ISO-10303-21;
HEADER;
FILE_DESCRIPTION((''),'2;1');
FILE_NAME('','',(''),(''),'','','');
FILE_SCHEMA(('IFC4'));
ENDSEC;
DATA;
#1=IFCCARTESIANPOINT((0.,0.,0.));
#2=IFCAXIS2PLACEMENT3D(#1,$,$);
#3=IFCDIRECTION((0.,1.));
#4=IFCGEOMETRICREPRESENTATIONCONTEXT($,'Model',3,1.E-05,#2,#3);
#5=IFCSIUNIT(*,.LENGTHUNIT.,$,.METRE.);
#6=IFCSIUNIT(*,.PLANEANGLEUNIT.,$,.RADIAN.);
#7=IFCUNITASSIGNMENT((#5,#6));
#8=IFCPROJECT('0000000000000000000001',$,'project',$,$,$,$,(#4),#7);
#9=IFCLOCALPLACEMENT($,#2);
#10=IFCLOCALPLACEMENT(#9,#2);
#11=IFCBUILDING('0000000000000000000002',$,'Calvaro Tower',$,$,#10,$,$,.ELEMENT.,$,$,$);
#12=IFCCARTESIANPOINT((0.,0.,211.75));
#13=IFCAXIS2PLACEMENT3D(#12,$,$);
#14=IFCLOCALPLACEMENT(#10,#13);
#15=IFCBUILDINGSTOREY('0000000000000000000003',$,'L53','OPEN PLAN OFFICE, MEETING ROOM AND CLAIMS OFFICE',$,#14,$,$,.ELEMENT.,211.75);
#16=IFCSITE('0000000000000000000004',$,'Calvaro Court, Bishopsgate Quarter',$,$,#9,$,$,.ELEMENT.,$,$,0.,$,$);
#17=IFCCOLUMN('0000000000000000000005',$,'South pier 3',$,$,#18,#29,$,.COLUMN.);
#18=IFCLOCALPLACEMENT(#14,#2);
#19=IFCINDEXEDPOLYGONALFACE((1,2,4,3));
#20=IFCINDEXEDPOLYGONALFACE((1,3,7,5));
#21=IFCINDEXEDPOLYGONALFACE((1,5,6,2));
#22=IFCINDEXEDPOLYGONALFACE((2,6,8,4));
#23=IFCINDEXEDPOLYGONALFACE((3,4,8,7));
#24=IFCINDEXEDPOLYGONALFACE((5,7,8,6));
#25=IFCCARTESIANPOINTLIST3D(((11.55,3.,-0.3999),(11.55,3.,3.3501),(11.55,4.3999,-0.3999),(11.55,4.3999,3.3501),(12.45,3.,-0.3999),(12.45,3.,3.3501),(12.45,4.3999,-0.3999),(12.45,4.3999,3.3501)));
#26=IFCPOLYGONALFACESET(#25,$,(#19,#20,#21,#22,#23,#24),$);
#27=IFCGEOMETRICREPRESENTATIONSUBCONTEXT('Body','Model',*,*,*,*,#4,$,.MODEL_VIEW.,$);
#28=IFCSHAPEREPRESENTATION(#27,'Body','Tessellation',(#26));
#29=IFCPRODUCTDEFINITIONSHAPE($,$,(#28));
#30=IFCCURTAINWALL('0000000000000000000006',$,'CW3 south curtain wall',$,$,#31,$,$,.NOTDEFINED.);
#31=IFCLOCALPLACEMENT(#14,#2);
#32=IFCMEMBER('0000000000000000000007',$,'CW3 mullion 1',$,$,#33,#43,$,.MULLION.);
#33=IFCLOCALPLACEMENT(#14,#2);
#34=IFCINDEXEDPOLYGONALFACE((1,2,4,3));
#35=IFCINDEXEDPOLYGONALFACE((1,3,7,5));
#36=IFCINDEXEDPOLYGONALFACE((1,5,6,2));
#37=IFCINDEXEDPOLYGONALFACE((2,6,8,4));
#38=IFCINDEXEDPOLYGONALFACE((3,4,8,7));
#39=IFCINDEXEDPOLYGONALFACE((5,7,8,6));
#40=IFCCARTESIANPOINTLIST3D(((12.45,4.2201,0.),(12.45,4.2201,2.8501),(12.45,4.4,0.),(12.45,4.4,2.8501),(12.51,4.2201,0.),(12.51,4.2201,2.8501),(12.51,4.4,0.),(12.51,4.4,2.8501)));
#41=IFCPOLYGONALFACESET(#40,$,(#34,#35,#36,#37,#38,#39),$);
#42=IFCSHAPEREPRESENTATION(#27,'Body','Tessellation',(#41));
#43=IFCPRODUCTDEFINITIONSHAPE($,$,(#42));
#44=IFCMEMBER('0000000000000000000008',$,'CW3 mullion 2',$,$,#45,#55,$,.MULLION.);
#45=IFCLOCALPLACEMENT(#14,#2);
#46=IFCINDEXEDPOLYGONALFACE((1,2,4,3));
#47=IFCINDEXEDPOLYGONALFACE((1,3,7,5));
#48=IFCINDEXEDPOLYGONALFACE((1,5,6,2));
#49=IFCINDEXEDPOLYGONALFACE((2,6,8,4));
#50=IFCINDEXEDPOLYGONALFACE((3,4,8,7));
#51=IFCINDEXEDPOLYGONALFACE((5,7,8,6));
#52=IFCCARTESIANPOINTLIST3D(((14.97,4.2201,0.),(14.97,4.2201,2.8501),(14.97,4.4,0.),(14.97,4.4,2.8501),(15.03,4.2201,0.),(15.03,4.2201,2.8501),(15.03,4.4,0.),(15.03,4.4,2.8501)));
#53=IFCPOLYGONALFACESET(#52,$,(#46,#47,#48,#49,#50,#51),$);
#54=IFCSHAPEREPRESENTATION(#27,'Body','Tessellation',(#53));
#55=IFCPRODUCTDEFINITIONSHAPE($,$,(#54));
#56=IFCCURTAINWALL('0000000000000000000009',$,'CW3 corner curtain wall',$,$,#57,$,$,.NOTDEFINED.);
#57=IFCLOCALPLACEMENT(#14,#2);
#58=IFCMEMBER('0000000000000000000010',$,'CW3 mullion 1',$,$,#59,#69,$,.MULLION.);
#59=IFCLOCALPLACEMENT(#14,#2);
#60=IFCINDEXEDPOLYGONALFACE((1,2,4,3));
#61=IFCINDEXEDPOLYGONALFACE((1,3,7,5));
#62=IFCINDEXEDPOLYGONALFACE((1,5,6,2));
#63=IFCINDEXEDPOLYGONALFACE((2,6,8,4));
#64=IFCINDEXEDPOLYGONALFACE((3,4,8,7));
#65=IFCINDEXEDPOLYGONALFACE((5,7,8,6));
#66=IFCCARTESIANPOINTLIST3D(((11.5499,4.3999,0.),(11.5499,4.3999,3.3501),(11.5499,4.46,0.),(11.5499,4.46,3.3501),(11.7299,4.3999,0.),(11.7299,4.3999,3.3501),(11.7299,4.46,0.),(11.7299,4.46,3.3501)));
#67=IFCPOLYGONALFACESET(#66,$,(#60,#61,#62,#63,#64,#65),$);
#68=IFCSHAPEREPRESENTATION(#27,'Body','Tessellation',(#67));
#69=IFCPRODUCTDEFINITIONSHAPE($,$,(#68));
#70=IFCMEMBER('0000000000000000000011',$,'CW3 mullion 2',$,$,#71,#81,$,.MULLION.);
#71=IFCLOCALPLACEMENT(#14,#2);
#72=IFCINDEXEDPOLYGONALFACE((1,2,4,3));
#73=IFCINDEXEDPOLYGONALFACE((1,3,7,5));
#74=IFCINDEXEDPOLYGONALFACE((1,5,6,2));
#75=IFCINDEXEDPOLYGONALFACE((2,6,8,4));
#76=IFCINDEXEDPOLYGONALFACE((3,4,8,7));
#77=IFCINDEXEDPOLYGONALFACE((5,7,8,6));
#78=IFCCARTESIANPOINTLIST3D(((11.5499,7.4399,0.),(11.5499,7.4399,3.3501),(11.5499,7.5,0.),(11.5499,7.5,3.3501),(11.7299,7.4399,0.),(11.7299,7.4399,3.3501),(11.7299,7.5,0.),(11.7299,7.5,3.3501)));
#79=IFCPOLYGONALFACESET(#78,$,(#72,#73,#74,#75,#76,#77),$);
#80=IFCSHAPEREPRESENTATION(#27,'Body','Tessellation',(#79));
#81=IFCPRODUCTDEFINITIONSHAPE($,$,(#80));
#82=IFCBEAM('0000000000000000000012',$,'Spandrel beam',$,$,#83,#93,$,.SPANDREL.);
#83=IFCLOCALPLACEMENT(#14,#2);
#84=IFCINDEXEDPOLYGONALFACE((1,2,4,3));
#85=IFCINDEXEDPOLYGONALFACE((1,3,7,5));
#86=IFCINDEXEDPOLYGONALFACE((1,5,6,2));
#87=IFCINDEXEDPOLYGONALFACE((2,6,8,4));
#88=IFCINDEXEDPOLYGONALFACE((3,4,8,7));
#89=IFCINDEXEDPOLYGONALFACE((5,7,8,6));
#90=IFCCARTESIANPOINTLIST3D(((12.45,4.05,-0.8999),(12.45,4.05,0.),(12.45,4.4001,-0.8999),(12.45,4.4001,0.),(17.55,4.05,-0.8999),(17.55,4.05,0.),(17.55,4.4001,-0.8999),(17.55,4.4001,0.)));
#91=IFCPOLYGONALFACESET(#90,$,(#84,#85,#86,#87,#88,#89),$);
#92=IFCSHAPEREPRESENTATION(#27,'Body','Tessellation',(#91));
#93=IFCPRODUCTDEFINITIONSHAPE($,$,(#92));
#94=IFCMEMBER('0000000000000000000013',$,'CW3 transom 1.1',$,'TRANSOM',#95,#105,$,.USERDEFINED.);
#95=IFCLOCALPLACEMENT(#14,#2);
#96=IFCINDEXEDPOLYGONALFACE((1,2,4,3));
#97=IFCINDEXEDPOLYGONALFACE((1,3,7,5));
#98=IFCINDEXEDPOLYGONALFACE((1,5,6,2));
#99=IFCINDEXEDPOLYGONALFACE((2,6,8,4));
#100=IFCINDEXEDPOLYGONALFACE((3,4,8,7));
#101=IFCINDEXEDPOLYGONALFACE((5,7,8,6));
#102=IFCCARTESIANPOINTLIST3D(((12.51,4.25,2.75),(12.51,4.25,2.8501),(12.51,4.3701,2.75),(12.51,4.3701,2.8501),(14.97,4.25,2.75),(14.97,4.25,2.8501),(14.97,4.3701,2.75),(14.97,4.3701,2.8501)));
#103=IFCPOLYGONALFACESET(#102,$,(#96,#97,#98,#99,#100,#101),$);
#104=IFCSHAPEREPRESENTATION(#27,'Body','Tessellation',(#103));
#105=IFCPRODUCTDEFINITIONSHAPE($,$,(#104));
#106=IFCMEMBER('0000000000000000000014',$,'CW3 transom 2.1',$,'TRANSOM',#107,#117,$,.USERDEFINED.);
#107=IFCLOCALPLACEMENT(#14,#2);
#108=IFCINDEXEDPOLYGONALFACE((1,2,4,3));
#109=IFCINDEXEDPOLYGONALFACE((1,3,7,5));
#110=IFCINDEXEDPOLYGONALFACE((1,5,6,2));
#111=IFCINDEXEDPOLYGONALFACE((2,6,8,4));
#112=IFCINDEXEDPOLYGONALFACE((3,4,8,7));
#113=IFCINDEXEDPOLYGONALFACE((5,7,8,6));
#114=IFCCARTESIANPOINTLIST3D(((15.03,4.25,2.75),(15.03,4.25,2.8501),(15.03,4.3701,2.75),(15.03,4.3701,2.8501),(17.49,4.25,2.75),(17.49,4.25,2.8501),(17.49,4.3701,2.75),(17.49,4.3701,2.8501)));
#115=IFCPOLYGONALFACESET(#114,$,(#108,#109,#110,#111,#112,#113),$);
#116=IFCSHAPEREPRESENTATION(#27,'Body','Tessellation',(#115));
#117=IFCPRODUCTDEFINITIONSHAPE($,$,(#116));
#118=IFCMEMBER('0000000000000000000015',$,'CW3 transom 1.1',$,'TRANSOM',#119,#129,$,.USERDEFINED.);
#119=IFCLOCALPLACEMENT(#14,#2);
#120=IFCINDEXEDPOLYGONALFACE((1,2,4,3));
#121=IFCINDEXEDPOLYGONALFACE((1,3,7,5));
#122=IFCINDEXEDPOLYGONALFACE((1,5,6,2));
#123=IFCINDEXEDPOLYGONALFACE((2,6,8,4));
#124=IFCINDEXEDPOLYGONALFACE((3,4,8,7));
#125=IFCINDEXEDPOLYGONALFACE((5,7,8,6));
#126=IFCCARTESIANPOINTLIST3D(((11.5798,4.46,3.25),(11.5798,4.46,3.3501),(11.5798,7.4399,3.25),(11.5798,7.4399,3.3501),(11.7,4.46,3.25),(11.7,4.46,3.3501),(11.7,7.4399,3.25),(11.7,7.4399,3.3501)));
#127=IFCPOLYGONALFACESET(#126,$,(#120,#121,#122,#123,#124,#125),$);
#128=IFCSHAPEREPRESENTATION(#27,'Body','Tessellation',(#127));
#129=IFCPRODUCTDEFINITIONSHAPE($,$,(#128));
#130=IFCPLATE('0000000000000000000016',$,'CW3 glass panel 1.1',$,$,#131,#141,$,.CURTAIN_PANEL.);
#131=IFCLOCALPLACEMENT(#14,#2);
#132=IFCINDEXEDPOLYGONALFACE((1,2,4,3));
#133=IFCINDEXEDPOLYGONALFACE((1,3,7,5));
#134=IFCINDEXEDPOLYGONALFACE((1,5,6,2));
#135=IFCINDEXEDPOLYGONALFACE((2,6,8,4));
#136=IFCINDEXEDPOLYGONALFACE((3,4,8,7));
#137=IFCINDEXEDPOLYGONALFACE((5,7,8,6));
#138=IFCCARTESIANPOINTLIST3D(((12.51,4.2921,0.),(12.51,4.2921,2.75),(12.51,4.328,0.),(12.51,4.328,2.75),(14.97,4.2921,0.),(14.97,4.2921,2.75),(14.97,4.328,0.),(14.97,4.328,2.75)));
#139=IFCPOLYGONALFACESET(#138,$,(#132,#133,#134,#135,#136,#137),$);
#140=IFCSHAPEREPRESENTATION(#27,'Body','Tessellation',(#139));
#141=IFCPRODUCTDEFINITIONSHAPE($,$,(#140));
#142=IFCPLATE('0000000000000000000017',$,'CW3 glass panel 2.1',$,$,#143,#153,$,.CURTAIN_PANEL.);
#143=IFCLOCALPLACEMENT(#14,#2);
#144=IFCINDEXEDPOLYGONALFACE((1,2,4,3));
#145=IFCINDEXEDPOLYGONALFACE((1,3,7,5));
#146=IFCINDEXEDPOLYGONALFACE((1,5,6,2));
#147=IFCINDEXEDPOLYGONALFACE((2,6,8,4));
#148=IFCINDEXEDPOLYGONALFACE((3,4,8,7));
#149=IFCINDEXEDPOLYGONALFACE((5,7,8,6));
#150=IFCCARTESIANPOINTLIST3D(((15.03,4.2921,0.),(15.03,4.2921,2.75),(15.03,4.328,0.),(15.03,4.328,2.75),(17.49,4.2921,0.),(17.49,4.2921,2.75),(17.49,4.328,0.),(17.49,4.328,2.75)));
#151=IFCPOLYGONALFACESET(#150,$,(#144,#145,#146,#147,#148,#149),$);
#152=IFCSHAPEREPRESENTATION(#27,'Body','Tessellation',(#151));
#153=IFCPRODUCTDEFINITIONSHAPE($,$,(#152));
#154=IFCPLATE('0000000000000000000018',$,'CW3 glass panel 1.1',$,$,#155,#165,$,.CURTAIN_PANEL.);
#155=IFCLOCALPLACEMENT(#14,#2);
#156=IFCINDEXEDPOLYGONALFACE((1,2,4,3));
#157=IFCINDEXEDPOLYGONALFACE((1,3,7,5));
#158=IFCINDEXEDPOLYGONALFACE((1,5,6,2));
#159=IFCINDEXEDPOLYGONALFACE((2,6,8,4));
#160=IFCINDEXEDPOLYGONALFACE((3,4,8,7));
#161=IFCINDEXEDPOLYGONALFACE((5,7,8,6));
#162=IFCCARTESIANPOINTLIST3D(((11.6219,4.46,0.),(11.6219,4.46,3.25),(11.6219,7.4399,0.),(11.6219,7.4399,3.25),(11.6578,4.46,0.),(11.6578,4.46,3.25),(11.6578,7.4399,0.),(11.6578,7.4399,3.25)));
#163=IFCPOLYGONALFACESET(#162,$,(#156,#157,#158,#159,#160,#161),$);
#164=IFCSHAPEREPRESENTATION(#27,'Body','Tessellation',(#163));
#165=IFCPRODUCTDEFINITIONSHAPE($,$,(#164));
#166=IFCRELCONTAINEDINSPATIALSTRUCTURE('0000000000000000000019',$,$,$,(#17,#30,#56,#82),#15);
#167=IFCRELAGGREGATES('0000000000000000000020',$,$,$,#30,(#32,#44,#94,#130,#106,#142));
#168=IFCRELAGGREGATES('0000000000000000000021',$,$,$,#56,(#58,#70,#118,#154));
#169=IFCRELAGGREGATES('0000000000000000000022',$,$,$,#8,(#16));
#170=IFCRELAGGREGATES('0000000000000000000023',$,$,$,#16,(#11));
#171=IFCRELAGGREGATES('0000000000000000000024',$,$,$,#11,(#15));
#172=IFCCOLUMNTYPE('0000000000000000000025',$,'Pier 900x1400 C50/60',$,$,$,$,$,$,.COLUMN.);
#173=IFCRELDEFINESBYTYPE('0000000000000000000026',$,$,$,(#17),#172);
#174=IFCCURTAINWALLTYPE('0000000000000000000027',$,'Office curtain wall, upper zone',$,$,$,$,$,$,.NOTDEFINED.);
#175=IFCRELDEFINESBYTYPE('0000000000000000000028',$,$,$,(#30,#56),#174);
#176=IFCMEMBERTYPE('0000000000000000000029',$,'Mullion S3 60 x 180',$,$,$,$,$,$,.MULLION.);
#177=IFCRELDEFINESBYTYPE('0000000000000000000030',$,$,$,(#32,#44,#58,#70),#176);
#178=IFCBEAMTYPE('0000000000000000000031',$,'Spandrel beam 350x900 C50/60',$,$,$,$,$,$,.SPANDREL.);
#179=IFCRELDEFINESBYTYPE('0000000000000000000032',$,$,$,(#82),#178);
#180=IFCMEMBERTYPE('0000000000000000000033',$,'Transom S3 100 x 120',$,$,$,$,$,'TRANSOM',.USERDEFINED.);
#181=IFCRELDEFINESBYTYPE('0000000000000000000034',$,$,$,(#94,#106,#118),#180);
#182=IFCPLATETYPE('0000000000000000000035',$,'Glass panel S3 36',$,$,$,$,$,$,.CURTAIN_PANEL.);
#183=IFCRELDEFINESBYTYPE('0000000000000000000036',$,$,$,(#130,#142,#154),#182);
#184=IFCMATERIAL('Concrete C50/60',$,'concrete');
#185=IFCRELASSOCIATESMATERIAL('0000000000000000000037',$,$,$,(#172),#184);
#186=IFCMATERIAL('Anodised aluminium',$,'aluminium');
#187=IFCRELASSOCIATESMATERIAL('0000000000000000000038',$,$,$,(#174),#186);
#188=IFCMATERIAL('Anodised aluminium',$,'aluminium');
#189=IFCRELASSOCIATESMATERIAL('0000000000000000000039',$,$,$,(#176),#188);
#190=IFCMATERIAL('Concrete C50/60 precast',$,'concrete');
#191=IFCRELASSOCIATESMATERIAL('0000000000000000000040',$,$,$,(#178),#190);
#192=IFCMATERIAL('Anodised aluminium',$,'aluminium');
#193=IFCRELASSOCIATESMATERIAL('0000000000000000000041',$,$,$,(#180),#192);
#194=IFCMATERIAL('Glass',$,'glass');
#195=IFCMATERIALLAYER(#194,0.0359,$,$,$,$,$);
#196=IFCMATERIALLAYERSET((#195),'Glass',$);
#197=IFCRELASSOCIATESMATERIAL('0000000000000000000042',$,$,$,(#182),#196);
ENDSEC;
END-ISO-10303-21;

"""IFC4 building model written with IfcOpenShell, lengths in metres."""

from ifc_helpers import new_model, si_unit, direction, frame, origin, origin_2d, place, context, subcontext, project, spatial, rectangle, extrude, material, layer, layer_set, material_profile, profile_set, type_object, element, aggregate, save


model = new_model("IFC4")

# Units and contexts
model_context = context("Model", 3, precision=1e-05, world=origin(), true_north=direction((0.0, 1.0)))
body_context = subcontext(model_context, "Body", "Model", "MODEL_VIEW")
ifc_project = project(units=[si_unit("LENGTHUNIT", "METRE"), si_unit("PLANEANGLEUNIT", "RADIAN")], contexts=[model_context])

# Site, building, storey
site_placement = place(None, origin())
site = spatial("IfcSite", under=ifc_project, at=site_placement, Name="Calvaro Court, Bishopsgate Quarter", CompositionType="ELEMENT", RefElevation=0.0)
building_placement = place(site_placement, origin())
building = spatial("IfcBuilding", under=site, at=building_placement, Name="Calvaro Tower", CompositionType="ELEMENT")
storey_placement = place(building_placement, frame((0.0, 0.0, 211.75)))
storey = spatial("IfcBuildingStorey", under=building, at=storey_placement, Name="L53", Description="OPEN PLAN OFFICE, MEETING ROOM AND CLAIMS OFFICE", CompositionType="ELEMENT", Elevation=211.75)

# Column
ifc_material_1 = material(Name="Concrete C50/60", Category="concrete")
ifc_material_profile_1 = material_profile(ifc_material_1, rectangle(XDim=0.8999, YDim=1.3999, at=origin_2d()), Name="RC 900x1400")
ifc_profile_set_1 = profile_set([ifc_material_profile_1], Name="Concrete C50/60")
column_type = type_object("IfcColumnType", Name="Pier 900x1400 C50/60", PredefinedType="COLUMN", material=ifc_profile_set_1)
column_placement = place(storey_placement, frame((12.0, 3.7, -0.3999), z_axis=(0.0, 0.0, 1.0), x_axis=(1.0, 0.0, 0.0)))
element("IfcColumn", 1, at=column_placement, inside=storey, type_object=column_type, Name="South pier 3", PredefinedType="COLUMN", context=body_context, shape_type="SweptSolid", body=[
    extrude(rectangle(XDim=0.8999, YDim=1.3999, at=origin_2d()), origin(), (0.0, 0.0, 1.0), 3.75),
])

# Curtain walls, members
ifc_material_2 = material(Name="Anodised aluminium", Category="aluminium")
curtain_wall_type = type_object("IfcCurtainWallType", Name="Office curtain wall, upper zone", PredefinedType="NOTDEFINED", material=ifc_material_2)
curtain_wall_1_placement = place(storey_placement, origin())
curtain_wall_1 = element("IfcCurtainWall", 2, at=curtain_wall_1_placement, inside=storey, type_object=curtain_wall_type, Name="CW3 south curtain wall", PredefinedType="NOTDEFINED")
ifc_material_3 = material(Name="Anodised aluminium", Category="aluminium")
ifc_material_profile_2 = material_profile(ifc_material_3, rectangle(XDim=0.1799, YDim=0.0601, at=origin_2d()), Name="Mullion S3 60 x 180")
ifc_profile_set_2 = profile_set([ifc_material_profile_2], Name="Anodised aluminium")
member_type_1 = type_object("IfcMemberType", Name="Mullion S3 60 x 180", PredefinedType="MULLION", material=ifc_profile_set_2)
member_1_placement = place(storey_placement, frame((12.48, 4.3101, 0.0), z_axis=(0.0, 0.0, 1.0), x_axis=(0.0, 1.0, 0.0)))
member_1 = element("IfcMember", 3, at=member_1_placement, type_object=member_type_1, Name="CW3 mullion 1", PredefinedType="MULLION", context=body_context, shape_type="SweptSolid", body=[
    extrude(rectangle(XDim=0.1799, YDim=0.0601, at=origin_2d()), origin(), (0.0, 0.0, 1.0), 2.8501),
])
member_2_placement = place(storey_placement, frame((15.0, 4.3101, 0.0), z_axis=(0.0, 0.0, 1.0), x_axis=(0.0, 1.0, 0.0)))
member_2 = element("IfcMember", 4, at=member_2_placement, type_object=member_type_1, Name="CW3 mullion 2", PredefinedType="MULLION", context=body_context, shape_type="SweptSolid", body=[
    extrude(rectangle(XDim=0.1799, YDim=0.0601, at=origin_2d()), origin(), (0.0, 0.0, 1.0), 2.8501),
])
curtain_wall_2_placement = place(storey_placement, origin())
curtain_wall_2 = element("IfcCurtainWall", 5, at=curtain_wall_2_placement, inside=storey, type_object=curtain_wall_type, Name="CW3 corner curtain wall", PredefinedType="NOTDEFINED")
member_3_placement = place(storey_placement, frame((11.6399, 4.4299, 0.0), z_axis=(0.0, 0.0, 1.0), x_axis=(-1.0, 0.0, 0.0)))
member_3 = element("IfcMember", 6, at=member_3_placement, type_object=member_type_1, Name="CW3 mullion 1", PredefinedType="MULLION", context=body_context, shape_type="SweptSolid", body=[
    extrude(rectangle(XDim=0.1799, YDim=0.0601, at=origin_2d()), origin(), (0.0, 0.0, 1.0), 3.3501),
])
member_4_placement = place(storey_placement, frame((11.6399, 7.47, 0.0), z_axis=(0.0, 0.0, 1.0), x_axis=(-1.0, 0.0, 0.0)))
member_4 = element("IfcMember", 7, at=member_4_placement, type_object=member_type_1, Name="CW3 mullion 2", PredefinedType="MULLION", context=body_context, shape_type="SweptSolid", body=[
    extrude(rectangle(XDim=0.1799, YDim=0.0601, at=origin_2d()), origin(), (0.0, 0.0, 1.0), 3.3501),
])

# Beam
ifc_material_4 = material(Name="Concrete C50/60 precast", Category="concrete")
ifc_material_profile_3 = material_profile(ifc_material_4, rectangle(XDim=0.3501, YDim=0.8999, at=origin_2d()), Name="RC 350x900")
ifc_profile_set_3 = profile_set([ifc_material_profile_3], Name="Concrete C50/60 precast")
beam_type = type_object("IfcBeamType", Name="Spandrel beam 350x900 C50/60", PredefinedType="SPANDREL", material=ifc_profile_set_3)
beam_placement = place(storey_placement, frame((12.45, 4.2251, -0.45), z_axis=(1.0, 0.0, 0.0), x_axis=(0.0, 1.0, 0.0)))
element("IfcBeam", 8, at=beam_placement, inside=storey, type_object=beam_type, Name="Spandrel beam", PredefinedType="SPANDREL", context=body_context, shape_type="SweptSolid", body=[
    extrude(rectangle(XDim=0.3501, YDim=0.8999, at=origin_2d()), origin(), (0.0, 0.0, 1.0), 5.1001),
])

# Members
ifc_material_5 = material(Name="Anodised aluminium", Category="aluminium")
ifc_material_profile_4 = material_profile(ifc_material_5, rectangle(XDim=0.1201, YDim=0.1001, at=origin_2d()), Name="Transom S3 100 x 120")
ifc_profile_set_4 = profile_set([ifc_material_profile_4], Name="Anodised aluminium")
member_type_2 = type_object("IfcMemberType", Name="Transom S3 100 x 120", ElementType="TRANSOM", PredefinedType="USERDEFINED", material=ifc_profile_set_4)
member_5_placement = place(storey_placement, frame((12.51, 4.3101, 2.8), z_axis=(1.0, 0.0, 0.0), x_axis=(0.0, 1.0, 0.0)))
member_5 = element("IfcMember", 9, at=member_5_placement, type_object=member_type_2, Name="CW3 transom 1.1", ObjectType="TRANSOM", PredefinedType="USERDEFINED", context=body_context, shape_type="SweptSolid", body=[
    extrude(rectangle(XDim=0.1201, YDim=0.1001, at=origin_2d()), origin(), (0.0, 0.0, 1.0), 2.46),
])
member_6_placement = place(storey_placement, frame((15.03, 4.3101, 2.8), z_axis=(1.0, 0.0, 0.0), x_axis=(0.0, 1.0, 0.0)))
member_6 = element("IfcMember", 10, at=member_6_placement, type_object=member_type_2, Name="CW3 transom 2.1", ObjectType="TRANSOM", PredefinedType="USERDEFINED", context=body_context, shape_type="SweptSolid", body=[
    extrude(rectangle(XDim=0.1201, YDim=0.1001, at=origin_2d()), origin(), (0.0, 0.0, 1.0), 2.46),
])
member_7_placement = place(storey_placement, frame((11.6399, 4.46, 3.3), z_axis=(0.0, 1.0, 0.0), x_axis=(-1.0, 0.0, 0.0)))
member_7 = element("IfcMember", 11, at=member_7_placement, type_object=member_type_2, Name="CW3 transom 1.1", ObjectType="TRANSOM", PredefinedType="USERDEFINED", context=body_context, shape_type="SweptSolid", body=[
    extrude(rectangle(XDim=0.1201, YDim=0.1001, at=origin_2d()), origin(), (0.0, 0.0, 1.0), 2.98),
])

# Plates
ifc_material_6 = material(Name="Glass", Category="glass")
ifc_layer_1 = layer(ifc_material_6, 0.0359)
ifc_layer_set_1 = layer_set([ifc_layer_1], Name="Glass")
plate_type = type_object("IfcPlateType", Name="Glass panel S3 36", PredefinedType="CURTAIN_PANEL", material=ifc_layer_set_1)
plate_1_placement = place(storey_placement, frame((13.74, 4.3101, 0.0), z_axis=(0.0, 0.0, 1.0), x_axis=(1.0, 0.0, 0.0)))
plate_1 = element("IfcPlate", 12, at=plate_1_placement, type_object=plate_type, Name="CW3 glass panel 1.1", PredefinedType="CURTAIN_PANEL", context=body_context, shape_type="SweptSolid", body=[
    extrude(rectangle(XDim=2.46, YDim=0.0359, at=origin_2d()), origin(), (0.0, 0.0, 1.0), 2.75),
])
plate_2_placement = place(storey_placement, frame((16.26, 4.3101, 0.0), z_axis=(0.0, 0.0, 1.0), x_axis=(1.0, 0.0, 0.0)))
plate_2 = element("IfcPlate", 13, at=plate_2_placement, type_object=plate_type, Name="CW3 glass panel 2.1", PredefinedType="CURTAIN_PANEL", context=body_context, shape_type="SweptSolid", body=[
    extrude(rectangle(XDim=2.46, YDim=0.0359, at=origin_2d()), origin(), (0.0, 0.0, 1.0), 2.75),
])
aggregate(curtain_wall_1, [member_1, member_2, member_5, plate_1, member_6, plate_2])
plate_3_placement = place(storey_placement, frame((11.6399, 5.95, 0.0), z_axis=(0.0, 0.0, 1.0), x_axis=(0.0, 1.0, 0.0)))
plate_3 = element("IfcPlate", 14, at=plate_3_placement, type_object=plate_type, Name="CW3 glass panel 1.1", PredefinedType="CURTAIN_PANEL", context=body_context, shape_type="SweptSolid", body=[
    extrude(rectangle(XDim=2.98, YDim=0.0359, at=origin_2d()), origin(), (0.0, 0.0, 1.0), 3.25),
])
aggregate(curtain_wall_2, [member_3, member_4, member_7, plate_3])

save(model, "model.ifc")
